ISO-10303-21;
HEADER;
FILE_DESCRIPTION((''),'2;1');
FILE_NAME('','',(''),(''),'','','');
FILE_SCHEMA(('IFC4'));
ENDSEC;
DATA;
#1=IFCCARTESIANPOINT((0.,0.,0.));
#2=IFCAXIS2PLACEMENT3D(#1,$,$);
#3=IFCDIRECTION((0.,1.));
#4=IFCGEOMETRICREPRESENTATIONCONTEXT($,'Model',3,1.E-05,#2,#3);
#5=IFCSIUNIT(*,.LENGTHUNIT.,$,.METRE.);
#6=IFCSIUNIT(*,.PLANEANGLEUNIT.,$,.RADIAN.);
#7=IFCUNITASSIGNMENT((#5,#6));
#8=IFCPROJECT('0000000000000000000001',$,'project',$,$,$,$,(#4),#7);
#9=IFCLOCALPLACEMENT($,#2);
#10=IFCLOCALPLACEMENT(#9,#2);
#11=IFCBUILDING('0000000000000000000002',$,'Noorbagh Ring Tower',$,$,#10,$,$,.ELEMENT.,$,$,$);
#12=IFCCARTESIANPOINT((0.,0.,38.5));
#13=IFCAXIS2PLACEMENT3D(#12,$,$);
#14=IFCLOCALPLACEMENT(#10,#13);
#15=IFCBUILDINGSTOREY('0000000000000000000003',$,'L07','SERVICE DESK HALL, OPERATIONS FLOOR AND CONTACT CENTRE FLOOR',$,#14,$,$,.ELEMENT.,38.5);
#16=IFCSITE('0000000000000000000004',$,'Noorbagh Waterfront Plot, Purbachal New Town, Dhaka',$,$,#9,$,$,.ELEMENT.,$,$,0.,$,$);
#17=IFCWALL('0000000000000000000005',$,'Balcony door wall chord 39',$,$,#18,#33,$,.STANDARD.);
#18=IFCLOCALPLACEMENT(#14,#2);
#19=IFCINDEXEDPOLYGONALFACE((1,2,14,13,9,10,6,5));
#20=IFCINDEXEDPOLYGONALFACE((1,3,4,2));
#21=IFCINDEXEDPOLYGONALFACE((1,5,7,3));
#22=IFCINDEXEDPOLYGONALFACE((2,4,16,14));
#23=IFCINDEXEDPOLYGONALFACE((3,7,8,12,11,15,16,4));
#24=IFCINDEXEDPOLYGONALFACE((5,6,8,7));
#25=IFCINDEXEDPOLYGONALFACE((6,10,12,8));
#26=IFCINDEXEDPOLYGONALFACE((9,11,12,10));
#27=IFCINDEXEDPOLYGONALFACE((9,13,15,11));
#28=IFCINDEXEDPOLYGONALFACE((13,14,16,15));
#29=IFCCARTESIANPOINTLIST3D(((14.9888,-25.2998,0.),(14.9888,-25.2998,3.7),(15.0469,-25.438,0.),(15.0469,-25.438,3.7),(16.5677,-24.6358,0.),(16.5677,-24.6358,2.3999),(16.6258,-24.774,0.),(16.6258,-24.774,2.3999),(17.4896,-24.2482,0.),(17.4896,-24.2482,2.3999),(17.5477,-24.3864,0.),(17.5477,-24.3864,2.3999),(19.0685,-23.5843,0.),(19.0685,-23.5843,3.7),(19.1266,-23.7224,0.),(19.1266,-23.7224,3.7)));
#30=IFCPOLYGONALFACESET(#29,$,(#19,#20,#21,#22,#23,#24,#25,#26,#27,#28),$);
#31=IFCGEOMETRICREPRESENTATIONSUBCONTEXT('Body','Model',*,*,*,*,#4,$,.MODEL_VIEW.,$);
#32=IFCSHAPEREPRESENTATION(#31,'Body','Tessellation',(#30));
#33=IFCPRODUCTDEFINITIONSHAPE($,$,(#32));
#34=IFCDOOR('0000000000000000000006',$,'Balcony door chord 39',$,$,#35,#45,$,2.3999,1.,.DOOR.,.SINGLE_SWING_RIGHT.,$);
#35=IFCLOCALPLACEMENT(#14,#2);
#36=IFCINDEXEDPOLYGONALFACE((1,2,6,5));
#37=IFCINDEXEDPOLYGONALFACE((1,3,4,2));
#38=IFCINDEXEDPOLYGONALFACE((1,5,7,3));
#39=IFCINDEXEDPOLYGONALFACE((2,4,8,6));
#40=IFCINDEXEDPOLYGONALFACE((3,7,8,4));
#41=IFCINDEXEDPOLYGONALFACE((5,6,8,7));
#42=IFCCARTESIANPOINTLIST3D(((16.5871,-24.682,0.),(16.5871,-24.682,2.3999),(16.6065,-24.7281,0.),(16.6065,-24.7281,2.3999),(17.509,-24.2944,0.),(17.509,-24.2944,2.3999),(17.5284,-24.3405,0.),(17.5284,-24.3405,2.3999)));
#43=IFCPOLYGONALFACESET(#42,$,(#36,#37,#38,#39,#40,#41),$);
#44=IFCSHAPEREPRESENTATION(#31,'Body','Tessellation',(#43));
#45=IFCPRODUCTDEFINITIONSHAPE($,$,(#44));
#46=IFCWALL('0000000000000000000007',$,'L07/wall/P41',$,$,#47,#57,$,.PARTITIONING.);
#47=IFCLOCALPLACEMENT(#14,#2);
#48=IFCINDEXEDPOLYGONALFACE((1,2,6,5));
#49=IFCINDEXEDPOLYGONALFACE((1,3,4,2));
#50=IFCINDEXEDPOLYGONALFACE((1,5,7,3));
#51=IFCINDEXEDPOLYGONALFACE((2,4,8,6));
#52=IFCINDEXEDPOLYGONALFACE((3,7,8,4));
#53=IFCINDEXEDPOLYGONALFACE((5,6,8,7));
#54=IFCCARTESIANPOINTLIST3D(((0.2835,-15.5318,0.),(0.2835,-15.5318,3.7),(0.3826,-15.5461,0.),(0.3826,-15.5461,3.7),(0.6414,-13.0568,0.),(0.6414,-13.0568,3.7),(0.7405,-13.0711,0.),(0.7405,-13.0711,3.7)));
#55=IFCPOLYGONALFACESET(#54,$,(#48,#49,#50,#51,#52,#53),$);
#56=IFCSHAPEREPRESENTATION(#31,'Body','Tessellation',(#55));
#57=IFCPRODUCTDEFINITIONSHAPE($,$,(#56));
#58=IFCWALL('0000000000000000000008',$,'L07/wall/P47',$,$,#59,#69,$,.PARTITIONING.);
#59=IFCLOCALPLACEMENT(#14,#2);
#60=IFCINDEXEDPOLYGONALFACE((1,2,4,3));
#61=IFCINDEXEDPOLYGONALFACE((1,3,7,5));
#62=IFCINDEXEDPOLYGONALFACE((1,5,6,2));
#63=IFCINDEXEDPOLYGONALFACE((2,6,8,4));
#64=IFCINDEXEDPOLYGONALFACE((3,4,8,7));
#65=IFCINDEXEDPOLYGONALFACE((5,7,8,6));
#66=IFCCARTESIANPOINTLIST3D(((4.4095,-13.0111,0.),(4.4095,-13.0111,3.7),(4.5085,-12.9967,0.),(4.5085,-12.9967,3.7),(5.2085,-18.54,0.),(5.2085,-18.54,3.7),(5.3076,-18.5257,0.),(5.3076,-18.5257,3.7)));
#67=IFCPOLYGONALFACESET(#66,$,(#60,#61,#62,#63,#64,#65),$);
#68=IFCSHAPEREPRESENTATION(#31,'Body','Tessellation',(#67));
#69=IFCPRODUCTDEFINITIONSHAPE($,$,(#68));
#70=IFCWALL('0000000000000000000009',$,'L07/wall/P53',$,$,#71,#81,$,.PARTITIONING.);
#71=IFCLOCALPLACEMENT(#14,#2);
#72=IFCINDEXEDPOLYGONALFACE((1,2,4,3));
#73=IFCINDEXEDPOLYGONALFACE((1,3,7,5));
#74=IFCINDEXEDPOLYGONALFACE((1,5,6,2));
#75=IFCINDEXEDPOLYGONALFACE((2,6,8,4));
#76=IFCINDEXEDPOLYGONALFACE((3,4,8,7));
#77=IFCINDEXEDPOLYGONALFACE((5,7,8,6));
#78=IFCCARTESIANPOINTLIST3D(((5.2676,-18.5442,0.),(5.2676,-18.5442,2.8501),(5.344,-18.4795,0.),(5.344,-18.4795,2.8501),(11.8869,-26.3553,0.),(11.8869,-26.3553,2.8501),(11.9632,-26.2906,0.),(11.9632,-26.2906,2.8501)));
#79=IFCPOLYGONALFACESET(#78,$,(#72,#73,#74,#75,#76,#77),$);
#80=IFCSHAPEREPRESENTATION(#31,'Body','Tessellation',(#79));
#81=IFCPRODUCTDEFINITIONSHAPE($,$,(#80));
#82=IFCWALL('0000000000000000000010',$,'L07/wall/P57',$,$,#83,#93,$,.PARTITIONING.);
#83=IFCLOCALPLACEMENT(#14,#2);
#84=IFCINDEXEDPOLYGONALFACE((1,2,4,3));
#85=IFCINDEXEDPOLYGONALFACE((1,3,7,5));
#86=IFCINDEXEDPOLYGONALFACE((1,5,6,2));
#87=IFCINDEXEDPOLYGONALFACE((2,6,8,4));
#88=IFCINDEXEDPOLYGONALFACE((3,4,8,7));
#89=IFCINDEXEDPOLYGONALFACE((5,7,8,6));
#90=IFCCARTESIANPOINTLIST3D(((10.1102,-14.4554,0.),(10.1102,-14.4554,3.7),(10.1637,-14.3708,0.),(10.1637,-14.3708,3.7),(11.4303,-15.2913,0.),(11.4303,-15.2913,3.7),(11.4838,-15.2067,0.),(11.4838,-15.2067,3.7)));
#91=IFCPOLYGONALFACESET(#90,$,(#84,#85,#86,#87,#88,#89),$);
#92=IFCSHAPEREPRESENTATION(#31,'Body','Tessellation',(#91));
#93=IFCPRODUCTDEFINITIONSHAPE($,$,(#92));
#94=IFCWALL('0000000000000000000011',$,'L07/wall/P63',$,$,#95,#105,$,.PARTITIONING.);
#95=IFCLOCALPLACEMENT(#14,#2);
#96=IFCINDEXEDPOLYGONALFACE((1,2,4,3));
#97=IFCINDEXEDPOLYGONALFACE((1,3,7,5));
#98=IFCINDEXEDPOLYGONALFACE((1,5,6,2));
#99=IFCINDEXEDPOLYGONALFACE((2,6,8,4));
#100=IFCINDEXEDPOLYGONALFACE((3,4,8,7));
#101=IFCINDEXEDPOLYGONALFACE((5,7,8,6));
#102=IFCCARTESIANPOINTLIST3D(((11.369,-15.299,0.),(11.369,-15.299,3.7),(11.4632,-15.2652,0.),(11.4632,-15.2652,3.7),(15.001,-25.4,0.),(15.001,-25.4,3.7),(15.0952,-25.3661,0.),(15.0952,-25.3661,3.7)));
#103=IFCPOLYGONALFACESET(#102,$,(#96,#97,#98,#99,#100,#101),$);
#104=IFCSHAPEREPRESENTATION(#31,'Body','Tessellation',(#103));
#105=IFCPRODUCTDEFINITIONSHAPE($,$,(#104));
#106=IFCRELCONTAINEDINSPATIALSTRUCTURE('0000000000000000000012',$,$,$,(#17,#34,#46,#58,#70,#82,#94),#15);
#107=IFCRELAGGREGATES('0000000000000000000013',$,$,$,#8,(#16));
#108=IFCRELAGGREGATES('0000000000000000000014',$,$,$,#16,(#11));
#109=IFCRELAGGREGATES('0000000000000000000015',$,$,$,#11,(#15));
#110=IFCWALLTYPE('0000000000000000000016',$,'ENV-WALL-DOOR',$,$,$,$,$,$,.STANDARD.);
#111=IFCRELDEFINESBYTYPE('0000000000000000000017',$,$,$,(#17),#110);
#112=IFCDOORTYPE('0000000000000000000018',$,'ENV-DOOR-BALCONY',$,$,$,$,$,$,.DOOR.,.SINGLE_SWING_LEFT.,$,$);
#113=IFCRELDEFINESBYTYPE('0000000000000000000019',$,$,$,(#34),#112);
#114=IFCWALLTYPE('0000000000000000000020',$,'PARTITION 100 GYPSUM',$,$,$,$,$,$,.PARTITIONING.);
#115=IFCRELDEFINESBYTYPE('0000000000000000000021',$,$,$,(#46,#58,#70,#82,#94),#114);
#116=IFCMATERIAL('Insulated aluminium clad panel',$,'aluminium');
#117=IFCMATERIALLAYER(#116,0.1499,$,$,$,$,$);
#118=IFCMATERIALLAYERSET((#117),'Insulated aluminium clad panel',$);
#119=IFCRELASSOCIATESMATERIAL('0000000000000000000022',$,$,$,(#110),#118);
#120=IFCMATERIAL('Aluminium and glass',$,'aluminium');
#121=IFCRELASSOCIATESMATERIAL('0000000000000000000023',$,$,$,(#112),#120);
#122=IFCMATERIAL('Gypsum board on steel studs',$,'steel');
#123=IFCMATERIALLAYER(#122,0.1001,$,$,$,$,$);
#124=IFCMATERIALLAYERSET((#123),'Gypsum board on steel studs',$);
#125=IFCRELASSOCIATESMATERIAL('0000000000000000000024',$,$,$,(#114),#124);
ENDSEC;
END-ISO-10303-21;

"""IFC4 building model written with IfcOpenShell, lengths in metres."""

from ifc_helpers import new_model, si_unit, direction, frame, frame_2d, origin, place, context, subcontext, project, spatial, rectangle, extrude, material, layer, layer_set, type_object, element, fill, save


model = new_model("IFC4")

# Units and contexts
model_context = context("Model", 3, precision=1e-05, world=origin(), true_north=direction((0.0, 1.0)))
body_context = subcontext(model_context, "Body", "Model", "MODEL_VIEW")
ifc_project = project(units=[si_unit("LENGTHUNIT", "METRE"), si_unit("PLANEANGLEUNIT", "RADIAN")], contexts=[model_context])

# Site, building, storey
site_placement = place(None, origin())
site = spatial("IfcSite", under=ifc_project, at=site_placement, Name="Noorbagh Waterfront Plot, Purbachal New Town, Dhaka", CompositionType="ELEMENT", RefElevation=0.0)
building_placement = place(site_placement, origin())
building = spatial("IfcBuilding", under=site, at=building_placement, Name="Noorbagh Ring Tower", CompositionType="ELEMENT")
storey_placement = place(building_placement, frame((0.0, 0.0, 38.5)))
storey = spatial("IfcBuildingStorey", under=building, at=storey_placement, Name="L07", Description="SERVICE DESK HALL, OPERATIONS FLOOR AND CONTACT CENTRE FLOOR", CompositionType="ELEMENT", Elevation=38.5)

# Wall, opening, door
ifc_material_1 = material(Name="Insulated aluminium clad panel", Category="aluminium")
ifc_layer_1 = layer(ifc_material_1, 0.1499)
ifc_layer_set_1 = layer_set([ifc_layer_1], Name="Insulated aluminium clad panel")
wall_type_1 = type_object("IfcWallType", Name="ENV-WALL-DOOR", PredefinedType="STANDARD", material=ifc_layer_set_1)
wall_1_placement = place(storey_placement, frame((15.0178, -25.3689, 0.0), z_axis=(0.0, 0.0, 1.0), x_axis=(0.921817, 0.387625, 0.0)))
wall_1 = element("IfcWall", 1, at=wall_1_placement, inside=storey, type_object=wall_type_1, Name="Balcony door wall chord 39", PredefinedType="STANDARD", context=body_context, shape_type="SweptSolid", body=[
    extrude(rectangle(XDim=4.4258, YDim=0.1499, at=frame_2d((2.2129, 0.0))), origin(), (0.0, 0.0, 1.0), 3.7),
])
opening_1_placement = place(wall_1_placement, frame((1.7129, 0.0, 0.0)))
opening_1 = element("IfcOpeningElement", 2, at=opening_1_placement, cuts=wall_1, PredefinedType="OPENING", context=body_context, shape_type="SweptSolid", body=[
    extrude(rectangle(XDim=1.0, YDim=2.3999, at=frame_2d((0.5, 1.2))), frame((0.0, 0.085, 0.0), z_axis=(0.0, -1.0, 0.0), x_axis=(1.0, 0.0, 0.0)), (0.0, 0.0, 1.0), 0.1699),
])
ifc_material_2 = material(Name="Aluminium and glass", Category="aluminium")
door_type_1 = type_object("IfcDoorType", Name="ENV-DOOR-BALCONY", OperationType="SINGLE_SWING_LEFT", PredefinedType="DOOR", material=ifc_material_2)
door_1_placement = place(opening_1_placement, origin())
door_1 = element("IfcDoor", 3, at=door_1_placement, inside=storey, type_object=door_type_1, Name="Balcony door chord 39", OperationType="SINGLE_SWING_RIGHT", OverallHeight=2.3999, OverallWidth=1.0, PredefinedType="DOOR", context=body_context, shape_type="SweptSolid", body=[
    extrude(rectangle(XDim=1.0, YDim=2.3999, at=frame_2d((0.5, 1.2))), frame((0.0, 0.0249, 0.0), z_axis=(0.0, -1.0, 0.0), x_axis=(1.0, 0.0, 0.0)), (0.0, 0.0, 1.0), 0.05),
])
fill(opening_1, door_1)

# Walls
ifc_material_3 = material(Name="Gypsum board on steel studs", Category="steel")
ifc_layer_2 = layer(ifc_material_3, 0.1001)
ifc_layer_set_2 = layer_set([ifc_layer_2], Name="Gypsum board on steel studs")
wall_type_2 = type_object("IfcWallType", Name="PARTITION 100 GYPSUM", PredefinedType="PARTITIONING", material=ifc_layer_set_2)
wall_2_placement = place(storey_placement, frame((0.333, -15.5391, 0.0), z_axis=(0.0, 0.0, 1.0), x_axis=(0.143116, 0.989706, 0.0)))
element("IfcWall", 4, at=wall_2_placement, inside=storey, type_object=wall_type_2, Name="L07/wall/P41", PredefinedType="PARTITIONING", context=body_context, shape_type="SweptSolid", body=[
    extrude(rectangle(XDim=2.5007, YDim=0.1001, at=frame_2d((1.2505, 0.0))), origin(), (0.0, 0.0, 1.0), 3.7),
])
wall_3_placement = place(storey_placement, frame((4.459, -13.0039, 0.0), z_axis=(0.0, 0.0, 1.0), x_axis=(0.143036, -0.989717, 0.0)))
element("IfcWall", 5, at=wall_3_placement, inside=storey, type_object=wall_type_2, Name="L07/wall/P47", PredefinedType="PARTITIONING", context=body_context, shape_type="SweptSolid", body=[
    extrude(rectangle(XDim=5.5864, YDim=0.1001, at=frame_2d((2.7932, 0.0))), origin(), (0.0, 0.0, 1.0), 3.7),
])
wall_4_placement = place(storey_placement, frame((5.3059, -18.512, 0.0), z_axis=(0.0, 0.0, 1.0), x_axis=(0.6465, -0.762914, 0.0)))
element("IfcWall", 6, at=wall_4_placement, inside=storey, type_object=wall_type_2, Name="L07/wall/P53", PredefinedType="PARTITIONING", context=body_context, shape_type="SweptSolid", body=[
    extrude(rectangle(XDim=10.2385, YDim=0.1001, at=frame_2d((5.1191, 0.0))), origin(), (0.0, 0.0, 1.0), 2.8501),
])
wall_5_placement = place(storey_placement, frame((10.137, -14.4131, 0.0), z_axis=(0.0, 0.0, 1.0), x_axis=(0.84485, -0.535004, 0.0)))
element("IfcWall", 7, at=wall_5_placement, inside=storey, type_object=wall_type_2, Name="L07/wall/P57", PredefinedType="PARTITIONING", context=body_context, shape_type="SweptSolid", body=[
    extrude(rectangle(XDim=1.5625, YDim=0.1001, at=frame_2d((0.7812, 0.0))), origin(), (0.0, 0.0, 1.0), 3.7),
])
wall_6_placement = place(storey_placement, frame((11.416, -15.282, 0.0), z_axis=(0.0, 0.0, 1.0), x_axis=(0.338364, -0.941015, 0.0)))
element("IfcWall", 8, at=wall_6_placement, inside=storey, type_object=wall_type_2, Name="L07/wall/P63", PredefinedType="PARTITIONING", context=body_context, shape_type="SweptSolid", body=[
    extrude(rectangle(XDim=10.7341, YDim=0.1001, at=frame_2d((5.3672, 0.0))), origin(), (0.0, 0.0, 1.0), 3.7),
])

save(model, "model.ifc")
